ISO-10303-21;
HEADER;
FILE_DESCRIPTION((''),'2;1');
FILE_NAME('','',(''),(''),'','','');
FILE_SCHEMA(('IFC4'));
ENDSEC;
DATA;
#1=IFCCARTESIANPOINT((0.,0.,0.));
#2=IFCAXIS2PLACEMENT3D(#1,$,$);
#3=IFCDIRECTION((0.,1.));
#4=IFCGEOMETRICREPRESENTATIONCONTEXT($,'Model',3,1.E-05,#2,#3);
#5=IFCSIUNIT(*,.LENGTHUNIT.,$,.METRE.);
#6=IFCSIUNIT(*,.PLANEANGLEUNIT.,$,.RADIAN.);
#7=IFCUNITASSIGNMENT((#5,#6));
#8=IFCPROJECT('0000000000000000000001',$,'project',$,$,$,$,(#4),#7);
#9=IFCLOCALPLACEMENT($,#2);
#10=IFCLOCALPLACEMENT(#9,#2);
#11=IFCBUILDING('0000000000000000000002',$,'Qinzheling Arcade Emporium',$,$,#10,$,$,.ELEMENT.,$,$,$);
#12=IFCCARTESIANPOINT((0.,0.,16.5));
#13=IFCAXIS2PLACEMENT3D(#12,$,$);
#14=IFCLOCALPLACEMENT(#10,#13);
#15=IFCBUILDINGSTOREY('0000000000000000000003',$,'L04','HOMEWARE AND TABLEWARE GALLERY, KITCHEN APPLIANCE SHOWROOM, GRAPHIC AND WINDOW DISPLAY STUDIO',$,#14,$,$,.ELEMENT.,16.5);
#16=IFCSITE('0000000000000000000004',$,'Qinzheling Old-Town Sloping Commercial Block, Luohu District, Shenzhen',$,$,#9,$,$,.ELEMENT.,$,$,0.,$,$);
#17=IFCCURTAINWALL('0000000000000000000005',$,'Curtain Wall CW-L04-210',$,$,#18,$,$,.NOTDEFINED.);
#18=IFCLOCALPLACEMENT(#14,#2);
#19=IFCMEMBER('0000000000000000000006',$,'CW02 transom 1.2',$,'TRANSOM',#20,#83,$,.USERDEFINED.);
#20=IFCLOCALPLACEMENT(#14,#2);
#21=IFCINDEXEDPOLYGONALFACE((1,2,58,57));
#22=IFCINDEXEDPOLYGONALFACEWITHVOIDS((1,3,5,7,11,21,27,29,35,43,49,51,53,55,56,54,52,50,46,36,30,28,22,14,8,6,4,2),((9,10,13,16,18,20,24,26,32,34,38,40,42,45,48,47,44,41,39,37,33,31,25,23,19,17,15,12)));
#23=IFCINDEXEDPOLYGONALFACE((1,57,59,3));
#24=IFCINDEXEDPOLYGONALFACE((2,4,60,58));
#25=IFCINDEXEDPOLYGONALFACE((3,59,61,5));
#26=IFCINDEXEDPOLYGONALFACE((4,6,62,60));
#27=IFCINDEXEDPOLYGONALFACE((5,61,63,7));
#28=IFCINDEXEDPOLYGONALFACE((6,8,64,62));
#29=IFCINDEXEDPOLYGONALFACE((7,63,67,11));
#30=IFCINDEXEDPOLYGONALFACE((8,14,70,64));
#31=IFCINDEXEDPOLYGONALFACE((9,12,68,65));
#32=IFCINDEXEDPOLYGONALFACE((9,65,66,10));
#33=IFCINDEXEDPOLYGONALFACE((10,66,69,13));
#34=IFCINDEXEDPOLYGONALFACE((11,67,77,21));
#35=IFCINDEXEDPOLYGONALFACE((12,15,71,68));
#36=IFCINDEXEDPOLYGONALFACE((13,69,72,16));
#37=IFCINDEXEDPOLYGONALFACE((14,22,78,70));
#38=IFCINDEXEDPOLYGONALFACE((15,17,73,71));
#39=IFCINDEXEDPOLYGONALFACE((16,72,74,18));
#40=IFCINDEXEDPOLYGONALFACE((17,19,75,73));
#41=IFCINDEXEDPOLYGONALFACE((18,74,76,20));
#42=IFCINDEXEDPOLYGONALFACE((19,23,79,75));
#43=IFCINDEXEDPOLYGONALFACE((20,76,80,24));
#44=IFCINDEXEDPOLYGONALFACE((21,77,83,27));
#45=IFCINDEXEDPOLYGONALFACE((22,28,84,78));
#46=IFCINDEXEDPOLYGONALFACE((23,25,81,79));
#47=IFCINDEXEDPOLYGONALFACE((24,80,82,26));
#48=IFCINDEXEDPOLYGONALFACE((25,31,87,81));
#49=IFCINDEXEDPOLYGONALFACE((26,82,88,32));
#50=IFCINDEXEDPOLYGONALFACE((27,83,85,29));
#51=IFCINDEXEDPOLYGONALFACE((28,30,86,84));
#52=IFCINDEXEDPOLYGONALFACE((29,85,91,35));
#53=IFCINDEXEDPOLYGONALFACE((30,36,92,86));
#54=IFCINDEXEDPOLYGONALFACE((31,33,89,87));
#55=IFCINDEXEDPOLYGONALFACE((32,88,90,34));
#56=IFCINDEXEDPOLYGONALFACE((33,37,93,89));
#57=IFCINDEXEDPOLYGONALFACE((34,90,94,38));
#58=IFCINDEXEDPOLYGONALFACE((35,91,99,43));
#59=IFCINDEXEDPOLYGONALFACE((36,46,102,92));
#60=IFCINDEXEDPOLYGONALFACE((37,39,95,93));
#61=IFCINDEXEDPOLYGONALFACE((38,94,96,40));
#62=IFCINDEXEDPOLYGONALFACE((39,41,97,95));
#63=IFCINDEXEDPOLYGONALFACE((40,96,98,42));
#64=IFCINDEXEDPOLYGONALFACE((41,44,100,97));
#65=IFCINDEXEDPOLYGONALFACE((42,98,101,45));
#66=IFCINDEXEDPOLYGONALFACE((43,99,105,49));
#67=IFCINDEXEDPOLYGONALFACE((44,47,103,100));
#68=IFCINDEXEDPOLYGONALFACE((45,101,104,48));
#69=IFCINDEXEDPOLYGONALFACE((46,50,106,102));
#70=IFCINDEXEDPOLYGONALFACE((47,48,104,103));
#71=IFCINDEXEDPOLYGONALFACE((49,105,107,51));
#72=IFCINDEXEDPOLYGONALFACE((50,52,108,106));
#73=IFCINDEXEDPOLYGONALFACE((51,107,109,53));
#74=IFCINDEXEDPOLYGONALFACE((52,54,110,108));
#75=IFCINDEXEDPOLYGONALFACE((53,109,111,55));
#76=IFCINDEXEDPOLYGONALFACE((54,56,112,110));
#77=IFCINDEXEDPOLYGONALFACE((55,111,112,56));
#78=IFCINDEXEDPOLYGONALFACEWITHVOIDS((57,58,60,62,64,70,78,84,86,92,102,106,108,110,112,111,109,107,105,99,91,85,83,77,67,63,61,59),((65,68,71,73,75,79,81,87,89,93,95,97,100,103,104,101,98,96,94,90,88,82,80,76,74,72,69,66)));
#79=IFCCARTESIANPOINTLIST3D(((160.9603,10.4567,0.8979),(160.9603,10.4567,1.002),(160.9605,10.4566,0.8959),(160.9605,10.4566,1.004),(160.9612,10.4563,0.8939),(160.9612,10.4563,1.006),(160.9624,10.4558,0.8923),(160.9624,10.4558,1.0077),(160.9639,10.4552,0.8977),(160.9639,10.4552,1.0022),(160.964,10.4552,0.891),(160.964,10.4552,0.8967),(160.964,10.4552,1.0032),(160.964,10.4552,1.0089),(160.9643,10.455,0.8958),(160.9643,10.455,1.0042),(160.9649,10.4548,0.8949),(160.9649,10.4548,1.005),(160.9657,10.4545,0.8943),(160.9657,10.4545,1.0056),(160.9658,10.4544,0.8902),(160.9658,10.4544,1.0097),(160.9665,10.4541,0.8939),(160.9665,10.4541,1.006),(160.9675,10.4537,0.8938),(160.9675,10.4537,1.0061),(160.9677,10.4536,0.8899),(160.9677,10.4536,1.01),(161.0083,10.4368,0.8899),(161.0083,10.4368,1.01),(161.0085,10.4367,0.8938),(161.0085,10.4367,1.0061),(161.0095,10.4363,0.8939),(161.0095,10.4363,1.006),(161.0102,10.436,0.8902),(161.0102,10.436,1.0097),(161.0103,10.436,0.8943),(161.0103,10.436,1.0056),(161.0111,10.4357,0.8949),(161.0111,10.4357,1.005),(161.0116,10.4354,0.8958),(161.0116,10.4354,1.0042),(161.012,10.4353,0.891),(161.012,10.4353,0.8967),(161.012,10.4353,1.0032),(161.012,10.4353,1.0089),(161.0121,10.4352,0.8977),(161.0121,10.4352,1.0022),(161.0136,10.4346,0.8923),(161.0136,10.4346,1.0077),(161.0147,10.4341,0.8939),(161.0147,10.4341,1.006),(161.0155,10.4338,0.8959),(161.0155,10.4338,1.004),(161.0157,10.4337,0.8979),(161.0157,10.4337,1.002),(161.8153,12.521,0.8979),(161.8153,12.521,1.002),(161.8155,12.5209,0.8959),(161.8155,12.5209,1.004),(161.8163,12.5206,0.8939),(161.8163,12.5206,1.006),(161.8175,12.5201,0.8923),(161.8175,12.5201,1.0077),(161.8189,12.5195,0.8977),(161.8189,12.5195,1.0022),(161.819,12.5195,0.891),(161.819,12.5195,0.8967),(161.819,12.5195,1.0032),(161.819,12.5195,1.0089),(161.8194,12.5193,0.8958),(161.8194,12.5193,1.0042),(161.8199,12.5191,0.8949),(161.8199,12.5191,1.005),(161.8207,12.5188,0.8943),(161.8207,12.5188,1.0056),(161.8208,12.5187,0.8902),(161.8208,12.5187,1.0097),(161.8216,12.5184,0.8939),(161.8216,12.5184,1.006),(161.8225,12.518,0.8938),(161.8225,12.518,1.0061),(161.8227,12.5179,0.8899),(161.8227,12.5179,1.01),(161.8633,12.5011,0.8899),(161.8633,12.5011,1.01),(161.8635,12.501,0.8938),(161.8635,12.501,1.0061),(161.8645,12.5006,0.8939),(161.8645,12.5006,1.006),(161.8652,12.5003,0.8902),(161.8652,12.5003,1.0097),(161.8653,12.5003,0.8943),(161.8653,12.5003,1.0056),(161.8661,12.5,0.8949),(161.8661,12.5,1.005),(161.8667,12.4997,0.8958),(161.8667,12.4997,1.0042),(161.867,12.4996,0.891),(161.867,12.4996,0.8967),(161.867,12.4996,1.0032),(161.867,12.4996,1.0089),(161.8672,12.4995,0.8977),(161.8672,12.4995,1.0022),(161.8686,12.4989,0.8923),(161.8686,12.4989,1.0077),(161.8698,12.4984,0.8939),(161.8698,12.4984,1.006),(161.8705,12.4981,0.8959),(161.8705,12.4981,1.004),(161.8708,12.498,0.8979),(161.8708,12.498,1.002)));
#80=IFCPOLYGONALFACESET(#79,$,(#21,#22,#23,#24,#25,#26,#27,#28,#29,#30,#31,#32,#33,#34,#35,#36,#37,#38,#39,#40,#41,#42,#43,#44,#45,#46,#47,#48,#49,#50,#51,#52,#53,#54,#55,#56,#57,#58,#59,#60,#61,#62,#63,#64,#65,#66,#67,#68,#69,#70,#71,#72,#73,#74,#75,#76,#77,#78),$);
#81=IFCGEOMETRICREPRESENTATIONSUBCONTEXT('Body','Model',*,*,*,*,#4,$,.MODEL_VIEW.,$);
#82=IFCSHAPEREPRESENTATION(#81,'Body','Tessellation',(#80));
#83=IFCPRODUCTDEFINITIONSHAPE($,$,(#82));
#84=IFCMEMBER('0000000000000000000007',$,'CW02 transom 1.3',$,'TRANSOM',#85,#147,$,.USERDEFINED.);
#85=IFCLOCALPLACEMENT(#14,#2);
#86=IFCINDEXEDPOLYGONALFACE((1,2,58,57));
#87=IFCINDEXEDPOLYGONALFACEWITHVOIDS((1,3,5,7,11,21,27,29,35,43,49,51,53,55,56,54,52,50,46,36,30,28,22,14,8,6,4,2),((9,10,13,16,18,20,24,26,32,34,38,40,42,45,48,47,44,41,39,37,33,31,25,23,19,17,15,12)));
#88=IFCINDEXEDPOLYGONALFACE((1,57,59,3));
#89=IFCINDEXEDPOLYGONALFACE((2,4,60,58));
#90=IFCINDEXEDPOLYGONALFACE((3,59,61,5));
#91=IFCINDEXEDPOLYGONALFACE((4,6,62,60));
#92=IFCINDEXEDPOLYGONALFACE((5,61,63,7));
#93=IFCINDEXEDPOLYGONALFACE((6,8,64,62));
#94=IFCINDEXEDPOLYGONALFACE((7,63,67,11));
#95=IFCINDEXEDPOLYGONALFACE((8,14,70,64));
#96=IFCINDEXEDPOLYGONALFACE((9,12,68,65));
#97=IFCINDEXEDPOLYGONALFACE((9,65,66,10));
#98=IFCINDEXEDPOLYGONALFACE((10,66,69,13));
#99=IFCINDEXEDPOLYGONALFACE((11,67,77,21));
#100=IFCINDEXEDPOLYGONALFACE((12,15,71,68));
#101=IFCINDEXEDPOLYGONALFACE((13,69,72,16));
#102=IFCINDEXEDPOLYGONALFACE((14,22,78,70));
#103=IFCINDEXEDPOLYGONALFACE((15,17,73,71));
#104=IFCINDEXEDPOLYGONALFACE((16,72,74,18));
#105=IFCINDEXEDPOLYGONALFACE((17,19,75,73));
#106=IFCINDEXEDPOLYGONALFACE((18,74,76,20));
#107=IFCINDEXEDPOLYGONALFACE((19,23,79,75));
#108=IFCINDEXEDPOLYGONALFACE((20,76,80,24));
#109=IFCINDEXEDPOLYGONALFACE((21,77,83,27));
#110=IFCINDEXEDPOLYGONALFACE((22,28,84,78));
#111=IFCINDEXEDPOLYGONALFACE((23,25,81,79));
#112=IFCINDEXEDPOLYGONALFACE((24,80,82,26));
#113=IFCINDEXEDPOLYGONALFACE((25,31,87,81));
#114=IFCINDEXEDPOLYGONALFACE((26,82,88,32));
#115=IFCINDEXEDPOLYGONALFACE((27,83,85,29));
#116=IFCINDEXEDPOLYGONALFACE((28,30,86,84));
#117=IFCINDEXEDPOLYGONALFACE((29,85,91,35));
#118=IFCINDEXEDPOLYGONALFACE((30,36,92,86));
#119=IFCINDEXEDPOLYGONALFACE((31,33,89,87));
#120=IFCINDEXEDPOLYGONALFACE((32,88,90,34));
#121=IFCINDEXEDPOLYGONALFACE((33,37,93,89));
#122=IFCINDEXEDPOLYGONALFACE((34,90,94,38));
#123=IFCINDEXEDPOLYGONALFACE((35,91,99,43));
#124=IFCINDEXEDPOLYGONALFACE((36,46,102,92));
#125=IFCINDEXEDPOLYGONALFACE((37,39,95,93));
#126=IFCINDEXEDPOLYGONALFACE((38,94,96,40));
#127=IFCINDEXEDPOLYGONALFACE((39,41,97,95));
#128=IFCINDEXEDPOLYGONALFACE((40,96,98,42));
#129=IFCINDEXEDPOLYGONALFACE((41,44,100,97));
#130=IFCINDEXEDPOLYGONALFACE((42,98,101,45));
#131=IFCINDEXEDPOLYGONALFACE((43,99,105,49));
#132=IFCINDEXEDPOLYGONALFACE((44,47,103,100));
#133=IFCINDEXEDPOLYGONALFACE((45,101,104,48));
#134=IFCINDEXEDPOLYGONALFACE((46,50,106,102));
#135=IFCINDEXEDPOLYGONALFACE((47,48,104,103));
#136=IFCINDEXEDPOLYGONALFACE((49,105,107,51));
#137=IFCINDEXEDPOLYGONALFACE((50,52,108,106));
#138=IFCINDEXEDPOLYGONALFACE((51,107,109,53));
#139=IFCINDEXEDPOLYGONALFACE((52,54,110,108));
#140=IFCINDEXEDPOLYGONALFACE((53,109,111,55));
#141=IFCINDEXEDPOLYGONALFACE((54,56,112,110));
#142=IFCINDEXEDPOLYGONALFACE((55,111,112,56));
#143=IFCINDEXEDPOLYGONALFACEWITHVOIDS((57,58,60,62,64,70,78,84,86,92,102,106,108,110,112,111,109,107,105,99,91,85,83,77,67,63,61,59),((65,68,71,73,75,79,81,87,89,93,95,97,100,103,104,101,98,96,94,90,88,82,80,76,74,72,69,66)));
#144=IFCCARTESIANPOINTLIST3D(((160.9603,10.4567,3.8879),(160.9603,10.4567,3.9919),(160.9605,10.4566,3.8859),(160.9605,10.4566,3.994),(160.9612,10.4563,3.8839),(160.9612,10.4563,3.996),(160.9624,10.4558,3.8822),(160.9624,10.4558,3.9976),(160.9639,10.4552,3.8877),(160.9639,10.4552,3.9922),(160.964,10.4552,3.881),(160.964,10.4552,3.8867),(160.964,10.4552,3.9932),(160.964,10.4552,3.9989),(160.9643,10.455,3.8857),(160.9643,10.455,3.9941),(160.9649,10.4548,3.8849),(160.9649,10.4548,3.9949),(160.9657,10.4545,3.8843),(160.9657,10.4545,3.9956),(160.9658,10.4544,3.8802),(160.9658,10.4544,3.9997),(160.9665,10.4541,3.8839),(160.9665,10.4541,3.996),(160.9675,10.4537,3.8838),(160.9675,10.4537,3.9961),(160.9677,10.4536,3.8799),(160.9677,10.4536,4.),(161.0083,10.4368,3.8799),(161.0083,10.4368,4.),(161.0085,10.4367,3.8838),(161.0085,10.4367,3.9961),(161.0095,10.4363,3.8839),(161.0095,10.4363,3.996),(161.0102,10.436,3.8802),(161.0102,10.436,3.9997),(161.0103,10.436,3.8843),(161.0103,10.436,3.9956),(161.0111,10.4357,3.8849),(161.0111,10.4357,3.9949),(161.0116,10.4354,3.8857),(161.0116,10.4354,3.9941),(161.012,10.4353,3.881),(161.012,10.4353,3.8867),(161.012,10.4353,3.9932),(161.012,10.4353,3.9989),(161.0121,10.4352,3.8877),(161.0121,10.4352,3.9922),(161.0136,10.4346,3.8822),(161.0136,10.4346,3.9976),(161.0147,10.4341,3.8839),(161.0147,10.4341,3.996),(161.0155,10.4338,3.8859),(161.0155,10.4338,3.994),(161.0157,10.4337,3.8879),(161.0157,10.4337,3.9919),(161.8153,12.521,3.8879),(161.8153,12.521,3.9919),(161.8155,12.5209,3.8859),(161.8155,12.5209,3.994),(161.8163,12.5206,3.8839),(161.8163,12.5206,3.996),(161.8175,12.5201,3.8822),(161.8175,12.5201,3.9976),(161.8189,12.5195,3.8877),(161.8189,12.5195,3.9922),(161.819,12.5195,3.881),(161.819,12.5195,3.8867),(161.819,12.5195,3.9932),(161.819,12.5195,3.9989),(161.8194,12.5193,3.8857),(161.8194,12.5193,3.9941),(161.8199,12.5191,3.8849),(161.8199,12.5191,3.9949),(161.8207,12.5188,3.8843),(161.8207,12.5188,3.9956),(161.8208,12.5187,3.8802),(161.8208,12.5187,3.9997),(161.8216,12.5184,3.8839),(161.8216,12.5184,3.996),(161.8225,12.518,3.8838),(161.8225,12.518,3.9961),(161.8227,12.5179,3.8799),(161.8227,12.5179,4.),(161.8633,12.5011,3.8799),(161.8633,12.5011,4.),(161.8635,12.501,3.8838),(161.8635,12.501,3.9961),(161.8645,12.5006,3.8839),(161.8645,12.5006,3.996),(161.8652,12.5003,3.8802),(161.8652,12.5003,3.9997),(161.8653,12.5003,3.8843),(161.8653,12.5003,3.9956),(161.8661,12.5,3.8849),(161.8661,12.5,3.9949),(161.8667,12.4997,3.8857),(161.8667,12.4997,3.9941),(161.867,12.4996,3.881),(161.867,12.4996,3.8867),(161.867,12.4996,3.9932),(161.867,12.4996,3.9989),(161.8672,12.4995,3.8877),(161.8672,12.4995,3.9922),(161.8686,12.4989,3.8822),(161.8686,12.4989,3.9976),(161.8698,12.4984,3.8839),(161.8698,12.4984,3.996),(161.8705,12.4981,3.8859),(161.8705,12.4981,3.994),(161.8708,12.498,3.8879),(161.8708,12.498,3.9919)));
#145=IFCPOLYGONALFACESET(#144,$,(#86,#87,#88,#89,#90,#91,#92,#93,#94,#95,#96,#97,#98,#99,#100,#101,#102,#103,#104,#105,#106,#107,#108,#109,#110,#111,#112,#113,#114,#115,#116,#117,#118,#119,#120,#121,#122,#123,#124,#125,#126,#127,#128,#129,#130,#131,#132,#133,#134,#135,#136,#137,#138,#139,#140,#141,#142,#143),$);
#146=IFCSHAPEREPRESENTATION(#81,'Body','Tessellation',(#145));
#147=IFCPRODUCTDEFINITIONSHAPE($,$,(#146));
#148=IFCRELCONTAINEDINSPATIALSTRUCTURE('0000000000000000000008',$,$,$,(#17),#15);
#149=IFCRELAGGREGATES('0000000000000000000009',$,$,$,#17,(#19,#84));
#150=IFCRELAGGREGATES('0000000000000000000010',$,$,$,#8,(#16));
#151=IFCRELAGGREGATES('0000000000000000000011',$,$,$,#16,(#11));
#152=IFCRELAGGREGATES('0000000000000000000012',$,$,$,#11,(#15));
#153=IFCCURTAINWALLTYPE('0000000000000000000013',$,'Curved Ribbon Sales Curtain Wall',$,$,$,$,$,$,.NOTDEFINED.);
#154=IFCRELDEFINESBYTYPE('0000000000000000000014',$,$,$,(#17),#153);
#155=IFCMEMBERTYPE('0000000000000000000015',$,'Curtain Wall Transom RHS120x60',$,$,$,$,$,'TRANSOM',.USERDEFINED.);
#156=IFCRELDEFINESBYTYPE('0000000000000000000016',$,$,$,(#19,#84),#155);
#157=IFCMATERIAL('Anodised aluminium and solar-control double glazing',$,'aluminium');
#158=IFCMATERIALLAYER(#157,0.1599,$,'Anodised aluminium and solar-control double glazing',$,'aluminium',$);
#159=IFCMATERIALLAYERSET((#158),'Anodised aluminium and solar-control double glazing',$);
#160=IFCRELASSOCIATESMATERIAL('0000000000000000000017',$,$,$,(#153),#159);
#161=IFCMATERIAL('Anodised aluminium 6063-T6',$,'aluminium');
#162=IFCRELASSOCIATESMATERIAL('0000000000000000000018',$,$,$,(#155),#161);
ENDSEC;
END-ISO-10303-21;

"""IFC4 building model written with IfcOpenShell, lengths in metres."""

from ifc_helpers import new_model, si_unit, direction, frame, origin, origin_2d, place, context, subcontext, project, spatial, hollow_rectangle, extrude, material, layer, layer_set, material_profile, profile_set, type_object, element, aggregate, save


model = new_model("IFC4")

# Units and contexts
model_context = context("Model", 3, precision=1e-05, world=origin(), true_north=direction((0.0, 1.0)))
body_context = subcontext(model_context, "Body", "Model", "MODEL_VIEW")
ifc_project = project(units=[si_unit("LENGTHUNIT", "METRE"), si_unit("PLANEANGLEUNIT", "RADIAN")], contexts=[model_context])

# Site, building, storey
site_placement = place(None, origin())
site = spatial("IfcSite", under=ifc_project, at=site_placement, Name="Qinzheling Old-Town Sloping Commercial Block, Luohu District, Shenzhen", CompositionType="ELEMENT", RefElevation=0.0)
building_placement = place(site_placement, origin())
building = spatial("IfcBuilding", under=site, at=building_placement, Name="Qinzheling Arcade Emporium", CompositionType="ELEMENT")
storey_placement = place(building_placement, frame((0.0, 0.0, 16.5)))
storey = spatial("IfcBuildingStorey", under=building, at=storey_placement, Name="L04", Description="HOMEWARE AND TABLEWARE GALLERY, KITCHEN APPLIANCE SHOWROOM, GRAPHIC AND WINDOW DISPLAY STUDIO", CompositionType="ELEMENT", Elevation=16.5)

# Curtain wall
ifc_material_1 = material(Name="Anodised aluminium and solar-control double glazing", Category="aluminium")
ifc_material_2 = material(Name="Anodised aluminium 6063-T6", Category="aluminium")
ifc_layer_1 = layer(ifc_material_1, 0.1599, Name="Anodised aluminium and solar-control double glazing", Category="aluminium")
ifc_layer_set_1 = layer_set([ifc_layer_1], Name="Anodised aluminium and solar-control double glazing")
curtain_wall_type_1 = type_object("IfcCurtainWallType", Name="Curved Ribbon Sales Curtain Wall", PredefinedType="NOTDEFINED", material=ifc_layer_set_1)
curtain_wall_1_placement = place(storey_placement, origin())
curtain_wall_1 = element("IfcCurtainWall", 1, at=curtain_wall_1_placement, inside=storey, type_object=curtain_wall_type_1, Name="Curtain Wall CW-L04-210", PredefinedType="NOTDEFINED")

# Members
ifc_material_profile_1 = material_profile(ifc_material_2, hollow_rectangle(XDim=0.0601, YDim=0.1201, WallThickness=0.0039, InnerFilletRadius=0.0039, OuterFilletRadius=0.0081, at=origin_2d()), Name="RHS 120x60x4", Category="aluminium")
ifc_profile_set_1 = profile_set([ifc_material_profile_1], Name="Anodised aluminium 6063-T6")
member_type_1 = type_object("IfcMemberType", Name="Curtain Wall Transom RHS120x60", ElementType="TRANSOM", PredefinedType="USERDEFINED", material=ifc_profile_set_1)
member_1_placement = place(storey_placement, frame((161.843, 12.5095, 0.95), z_axis=(-0.382667, -0.923886, 0.0), x_axis=(0.923886, -0.382667, 0.0)))
member_1 = element("IfcMember", 2, at=member_1_placement, type_object=member_type_1, Name="CW02 transom 1.2", ObjectType="TRANSOM", PredefinedType="USERDEFINED", context=body_context, shape_type="SweptSolid", body=[
    extrude(hollow_rectangle(XDim=0.0601, YDim=0.1201, WallThickness=0.0039, InnerFilletRadius=0.0039, OuterFilletRadius=0.0081, at=origin_2d()), origin(), (0.0, 0.0, 1.0), 2.2344),
])
member_2_placement = place(storey_placement, frame((161.843, 12.5095, 3.9399), z_axis=(-0.382667, -0.923886, 0.0), x_axis=(0.923886, -0.382667, 0.0)))
member_2 = element("IfcMember", 3, at=member_2_placement, type_object=member_type_1, Name="CW02 transom 1.3", ObjectType="TRANSOM", PredefinedType="USERDEFINED", context=body_context, shape_type="SweptSolid", body=[
    extrude(hollow_rectangle(XDim=0.0601, YDim=0.1201, WallThickness=0.0039, InnerFilletRadius=0.0039, OuterFilletRadius=0.0081, at=origin_2d()), origin(), (0.0, 0.0, 1.0), 2.2344),
])

aggregate(curtain_wall_1, [member_1, member_2])

save(model, "model.ifc")
